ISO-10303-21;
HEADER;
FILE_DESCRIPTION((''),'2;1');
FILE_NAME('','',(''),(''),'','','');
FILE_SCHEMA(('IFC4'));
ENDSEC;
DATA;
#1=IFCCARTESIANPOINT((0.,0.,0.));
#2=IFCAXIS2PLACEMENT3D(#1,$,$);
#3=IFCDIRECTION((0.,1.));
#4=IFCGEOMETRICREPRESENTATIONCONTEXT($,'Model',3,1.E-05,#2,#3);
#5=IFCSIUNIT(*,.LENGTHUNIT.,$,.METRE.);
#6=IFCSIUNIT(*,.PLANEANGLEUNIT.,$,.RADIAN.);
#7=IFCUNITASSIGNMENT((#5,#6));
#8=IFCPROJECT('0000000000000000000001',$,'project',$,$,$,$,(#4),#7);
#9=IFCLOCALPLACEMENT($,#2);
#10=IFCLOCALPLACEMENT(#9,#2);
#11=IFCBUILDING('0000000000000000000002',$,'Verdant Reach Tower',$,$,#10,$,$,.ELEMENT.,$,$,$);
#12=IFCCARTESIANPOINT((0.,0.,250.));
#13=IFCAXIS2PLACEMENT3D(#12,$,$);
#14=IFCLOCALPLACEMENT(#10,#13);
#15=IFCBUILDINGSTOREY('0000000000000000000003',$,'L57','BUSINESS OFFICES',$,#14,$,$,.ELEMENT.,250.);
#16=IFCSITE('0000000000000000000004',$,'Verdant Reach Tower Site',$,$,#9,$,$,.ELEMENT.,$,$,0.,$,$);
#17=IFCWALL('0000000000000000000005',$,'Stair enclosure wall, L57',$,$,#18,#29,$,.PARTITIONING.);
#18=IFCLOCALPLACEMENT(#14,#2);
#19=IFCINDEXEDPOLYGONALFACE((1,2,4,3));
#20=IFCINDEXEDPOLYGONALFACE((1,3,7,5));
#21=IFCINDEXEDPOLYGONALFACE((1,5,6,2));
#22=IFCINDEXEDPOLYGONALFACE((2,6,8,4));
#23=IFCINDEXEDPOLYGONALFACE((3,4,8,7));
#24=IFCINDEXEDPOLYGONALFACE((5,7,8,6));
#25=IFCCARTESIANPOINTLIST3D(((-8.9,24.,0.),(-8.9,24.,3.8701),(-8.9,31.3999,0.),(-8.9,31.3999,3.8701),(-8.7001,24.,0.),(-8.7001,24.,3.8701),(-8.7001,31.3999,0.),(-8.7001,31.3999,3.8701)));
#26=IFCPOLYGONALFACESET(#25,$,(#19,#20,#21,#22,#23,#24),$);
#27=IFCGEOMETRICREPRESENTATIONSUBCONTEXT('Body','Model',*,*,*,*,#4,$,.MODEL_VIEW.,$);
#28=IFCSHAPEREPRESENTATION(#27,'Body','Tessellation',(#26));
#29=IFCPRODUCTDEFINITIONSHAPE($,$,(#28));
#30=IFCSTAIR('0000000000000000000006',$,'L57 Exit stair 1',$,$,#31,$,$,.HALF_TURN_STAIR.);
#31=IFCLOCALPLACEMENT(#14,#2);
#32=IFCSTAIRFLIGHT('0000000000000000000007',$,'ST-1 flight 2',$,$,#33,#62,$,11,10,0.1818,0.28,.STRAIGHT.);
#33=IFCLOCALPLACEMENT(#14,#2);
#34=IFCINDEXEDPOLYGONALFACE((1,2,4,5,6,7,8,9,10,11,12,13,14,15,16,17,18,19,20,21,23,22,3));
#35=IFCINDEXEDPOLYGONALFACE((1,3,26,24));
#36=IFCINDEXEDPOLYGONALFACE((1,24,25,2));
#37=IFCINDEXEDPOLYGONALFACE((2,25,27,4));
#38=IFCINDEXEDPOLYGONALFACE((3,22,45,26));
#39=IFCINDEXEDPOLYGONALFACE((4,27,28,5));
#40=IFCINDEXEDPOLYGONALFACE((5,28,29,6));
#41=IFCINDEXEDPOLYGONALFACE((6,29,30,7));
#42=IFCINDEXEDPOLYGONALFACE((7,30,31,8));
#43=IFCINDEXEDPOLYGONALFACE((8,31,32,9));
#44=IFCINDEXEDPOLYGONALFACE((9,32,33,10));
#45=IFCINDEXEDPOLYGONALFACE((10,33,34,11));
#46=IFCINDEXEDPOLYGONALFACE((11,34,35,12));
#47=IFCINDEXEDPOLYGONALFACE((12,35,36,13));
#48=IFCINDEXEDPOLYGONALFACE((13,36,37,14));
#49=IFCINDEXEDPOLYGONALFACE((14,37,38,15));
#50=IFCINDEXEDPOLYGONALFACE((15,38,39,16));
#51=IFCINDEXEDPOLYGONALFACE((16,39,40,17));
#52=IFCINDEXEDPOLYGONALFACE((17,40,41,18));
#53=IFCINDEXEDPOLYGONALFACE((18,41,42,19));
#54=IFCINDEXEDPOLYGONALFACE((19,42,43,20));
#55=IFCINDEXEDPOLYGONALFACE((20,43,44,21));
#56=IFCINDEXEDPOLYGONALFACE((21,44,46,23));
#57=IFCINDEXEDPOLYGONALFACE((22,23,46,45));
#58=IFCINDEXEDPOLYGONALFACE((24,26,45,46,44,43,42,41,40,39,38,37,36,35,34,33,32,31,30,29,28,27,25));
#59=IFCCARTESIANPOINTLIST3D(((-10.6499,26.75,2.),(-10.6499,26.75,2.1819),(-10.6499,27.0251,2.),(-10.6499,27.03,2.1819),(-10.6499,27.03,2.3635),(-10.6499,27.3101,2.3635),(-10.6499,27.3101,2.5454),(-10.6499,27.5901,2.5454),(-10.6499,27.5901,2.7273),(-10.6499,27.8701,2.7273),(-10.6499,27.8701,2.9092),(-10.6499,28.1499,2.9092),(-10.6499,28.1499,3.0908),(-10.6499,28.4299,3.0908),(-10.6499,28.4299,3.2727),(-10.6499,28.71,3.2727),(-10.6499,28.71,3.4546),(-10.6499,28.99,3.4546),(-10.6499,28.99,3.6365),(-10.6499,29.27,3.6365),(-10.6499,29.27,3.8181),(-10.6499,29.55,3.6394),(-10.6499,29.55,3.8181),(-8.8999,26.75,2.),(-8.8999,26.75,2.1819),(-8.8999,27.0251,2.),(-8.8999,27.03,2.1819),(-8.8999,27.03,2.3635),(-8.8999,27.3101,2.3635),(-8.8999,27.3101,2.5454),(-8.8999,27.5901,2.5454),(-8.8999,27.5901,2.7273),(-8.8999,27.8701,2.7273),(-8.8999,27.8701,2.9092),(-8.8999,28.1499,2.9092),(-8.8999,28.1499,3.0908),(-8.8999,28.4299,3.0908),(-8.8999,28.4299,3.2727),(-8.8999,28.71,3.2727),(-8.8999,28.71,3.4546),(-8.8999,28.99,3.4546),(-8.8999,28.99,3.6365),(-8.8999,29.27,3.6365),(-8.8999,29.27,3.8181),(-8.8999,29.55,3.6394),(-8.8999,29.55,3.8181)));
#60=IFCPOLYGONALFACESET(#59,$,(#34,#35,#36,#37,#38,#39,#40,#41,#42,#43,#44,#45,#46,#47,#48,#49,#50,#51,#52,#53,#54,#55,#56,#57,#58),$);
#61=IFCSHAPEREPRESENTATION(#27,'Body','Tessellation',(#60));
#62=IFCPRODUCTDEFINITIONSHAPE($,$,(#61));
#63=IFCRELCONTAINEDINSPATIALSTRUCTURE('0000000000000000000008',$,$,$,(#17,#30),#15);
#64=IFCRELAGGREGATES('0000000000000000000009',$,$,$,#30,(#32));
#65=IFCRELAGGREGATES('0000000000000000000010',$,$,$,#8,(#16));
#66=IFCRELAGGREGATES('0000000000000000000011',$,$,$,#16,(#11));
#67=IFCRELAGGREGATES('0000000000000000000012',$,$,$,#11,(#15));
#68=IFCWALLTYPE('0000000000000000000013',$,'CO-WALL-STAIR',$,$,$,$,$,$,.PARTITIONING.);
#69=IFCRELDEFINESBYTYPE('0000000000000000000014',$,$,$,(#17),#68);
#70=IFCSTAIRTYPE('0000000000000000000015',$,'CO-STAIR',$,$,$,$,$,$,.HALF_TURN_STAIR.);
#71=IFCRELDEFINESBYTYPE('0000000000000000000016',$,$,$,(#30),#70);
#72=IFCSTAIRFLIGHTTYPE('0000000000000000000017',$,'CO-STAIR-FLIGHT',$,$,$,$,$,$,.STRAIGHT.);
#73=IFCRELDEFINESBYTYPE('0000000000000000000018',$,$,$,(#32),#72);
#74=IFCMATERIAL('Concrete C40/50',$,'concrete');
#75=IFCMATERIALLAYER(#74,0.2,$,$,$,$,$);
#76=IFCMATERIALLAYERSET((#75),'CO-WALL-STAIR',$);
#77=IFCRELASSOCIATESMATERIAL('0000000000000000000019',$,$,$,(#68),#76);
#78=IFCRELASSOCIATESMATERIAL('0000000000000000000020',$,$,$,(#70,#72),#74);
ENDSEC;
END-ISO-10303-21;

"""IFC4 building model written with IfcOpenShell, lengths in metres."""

from ifc_helpers import new_model, si_unit, direction, frame, frame_2d, origin, place, context, subcontext, project, spatial, polyline, rectangle, outline, extrude, material, layer, layer_set, type_object, element, aggregate, save


model = new_model("IFC4")

# Units and contexts
model_context = context("Model", 3, precision=1e-05, world=origin(), true_north=direction((0.0, 1.0)))
body_context = subcontext(model_context, "Body", "Model", "MODEL_VIEW")
ifc_project = project(units=[si_unit("LENGTHUNIT", "METRE"), si_unit("PLANEANGLEUNIT", "RADIAN")], contexts=[model_context])

# Site, building, storey
site_placement = place(None, origin())
site = spatial("IfcSite", under=ifc_project, at=site_placement, Name="Verdant Reach Tower Site", CompositionType="ELEMENT", RefElevation=0.0)
building_placement = place(site_placement, origin())
building = spatial("IfcBuilding", under=site, at=building_placement, Name="Verdant Reach Tower", CompositionType="ELEMENT")
storey_placement = place(building_placement, frame((0.0, 0.0, 250.0)))
storey = spatial("IfcBuildingStorey", under=building, at=storey_placement, Name="L57", Description="BUSINESS OFFICES", CompositionType="ELEMENT", Elevation=250.0)

# Shared definitions
ifc_material_1 = material(Name="Concrete C40/50", Category="concrete")

# Shared definitions
ifc_layer_1 = layer(ifc_material_1, 0.2)
ifc_layer_set_1 = layer_set([ifc_layer_1], Name="CO-WALL-STAIR")
wall_type_1 = type_object("IfcWallType", Name="CO-WALL-STAIR", PredefinedType="PARTITIONING", material=ifc_layer_set_1)

# Wall
wall_1_placement = place(storey_placement, frame((-8.8, 24.0, 0.0), z_axis=(0.0, 0.0, 1.0), x_axis=(0.0, 1.0, 0.0)))
element("IfcWall", 1, at=wall_1_placement, inside=storey, type_object=wall_type_1, Name="Stair enclosure wall, L57", PredefinedType="PARTITIONING", context=body_context, shape_type="SweptSolid", body=[
    extrude(rectangle(XDim=7.3999, YDim=0.2, at=frame_2d((3.7, 0.0))), origin(), (0.0, 0.0, 1.0), 3.8701),
])

# Stair, stair flight
stair_type = type_object("IfcStairType", Name="CO-STAIR", PredefinedType="HALF_TURN_STAIR", material=ifc_material_1)
stair_placement = place(storey_placement, origin())
stair = element("IfcStair", 2, at=stair_placement, inside=storey, type_object=stair_type, Name="L57 Exit stair 1", PredefinedType="HALF_TURN_STAIR")
stair_flight_type = type_object("IfcStairFlightType", Name="CO-STAIR-FLIGHT", PredefinedType="STRAIGHT", material=ifc_material_1)
stair_flight_placement = place(storey_placement, frame((-9.7749, 26.75, 2.0), z_axis=(0.0, 0.0, 1.0), x_axis=(0.0, 1.0, 0.0)))
stair_flight = element("IfcStairFlight", 3, at=stair_flight_placement, type_object=stair_flight_type, Name="ST-1 flight 2", NumberOfRisers=11, NumberOfTreads=10, PredefinedType="STRAIGHT", RiserHeight=0.1818, TreadLength=0.28, context=body_context, shape_type="SweptSolid", body=[
    extrude(outline(polyline([(0.0, 0.0), (0.0, 0.1819), (0.28, 0.1819), (0.28, 0.3635), (0.5601, 0.3635), (0.5601, 0.5454), (0.8401, 0.5454), (0.8401, 0.7273), (1.1201, 0.7273), (1.1201, 0.9092), (1.3999, 0.9092), (1.3999, 1.0908), (1.6799, 1.0908), (1.6799, 1.2727), (1.96, 1.2727), (1.96, 1.4546), (2.24, 1.4546), (2.24, 1.6365), (2.52, 1.6365), (2.52, 1.8181), (2.8, 1.8181), (2.8, 2.0), (2.8, 1.6394), (0.2751, 0.0), (0.0, 0.0)])), frame((0.0, 0.875, 0.0), z_axis=(0.0, -1.0, 0.0), x_axis=(1.0, 0.0, 0.0)), (0.0, 0.0, 1.0), 1.75),
])
aggregate(stair, [stair_flight])

save(model, "model.ifc")
